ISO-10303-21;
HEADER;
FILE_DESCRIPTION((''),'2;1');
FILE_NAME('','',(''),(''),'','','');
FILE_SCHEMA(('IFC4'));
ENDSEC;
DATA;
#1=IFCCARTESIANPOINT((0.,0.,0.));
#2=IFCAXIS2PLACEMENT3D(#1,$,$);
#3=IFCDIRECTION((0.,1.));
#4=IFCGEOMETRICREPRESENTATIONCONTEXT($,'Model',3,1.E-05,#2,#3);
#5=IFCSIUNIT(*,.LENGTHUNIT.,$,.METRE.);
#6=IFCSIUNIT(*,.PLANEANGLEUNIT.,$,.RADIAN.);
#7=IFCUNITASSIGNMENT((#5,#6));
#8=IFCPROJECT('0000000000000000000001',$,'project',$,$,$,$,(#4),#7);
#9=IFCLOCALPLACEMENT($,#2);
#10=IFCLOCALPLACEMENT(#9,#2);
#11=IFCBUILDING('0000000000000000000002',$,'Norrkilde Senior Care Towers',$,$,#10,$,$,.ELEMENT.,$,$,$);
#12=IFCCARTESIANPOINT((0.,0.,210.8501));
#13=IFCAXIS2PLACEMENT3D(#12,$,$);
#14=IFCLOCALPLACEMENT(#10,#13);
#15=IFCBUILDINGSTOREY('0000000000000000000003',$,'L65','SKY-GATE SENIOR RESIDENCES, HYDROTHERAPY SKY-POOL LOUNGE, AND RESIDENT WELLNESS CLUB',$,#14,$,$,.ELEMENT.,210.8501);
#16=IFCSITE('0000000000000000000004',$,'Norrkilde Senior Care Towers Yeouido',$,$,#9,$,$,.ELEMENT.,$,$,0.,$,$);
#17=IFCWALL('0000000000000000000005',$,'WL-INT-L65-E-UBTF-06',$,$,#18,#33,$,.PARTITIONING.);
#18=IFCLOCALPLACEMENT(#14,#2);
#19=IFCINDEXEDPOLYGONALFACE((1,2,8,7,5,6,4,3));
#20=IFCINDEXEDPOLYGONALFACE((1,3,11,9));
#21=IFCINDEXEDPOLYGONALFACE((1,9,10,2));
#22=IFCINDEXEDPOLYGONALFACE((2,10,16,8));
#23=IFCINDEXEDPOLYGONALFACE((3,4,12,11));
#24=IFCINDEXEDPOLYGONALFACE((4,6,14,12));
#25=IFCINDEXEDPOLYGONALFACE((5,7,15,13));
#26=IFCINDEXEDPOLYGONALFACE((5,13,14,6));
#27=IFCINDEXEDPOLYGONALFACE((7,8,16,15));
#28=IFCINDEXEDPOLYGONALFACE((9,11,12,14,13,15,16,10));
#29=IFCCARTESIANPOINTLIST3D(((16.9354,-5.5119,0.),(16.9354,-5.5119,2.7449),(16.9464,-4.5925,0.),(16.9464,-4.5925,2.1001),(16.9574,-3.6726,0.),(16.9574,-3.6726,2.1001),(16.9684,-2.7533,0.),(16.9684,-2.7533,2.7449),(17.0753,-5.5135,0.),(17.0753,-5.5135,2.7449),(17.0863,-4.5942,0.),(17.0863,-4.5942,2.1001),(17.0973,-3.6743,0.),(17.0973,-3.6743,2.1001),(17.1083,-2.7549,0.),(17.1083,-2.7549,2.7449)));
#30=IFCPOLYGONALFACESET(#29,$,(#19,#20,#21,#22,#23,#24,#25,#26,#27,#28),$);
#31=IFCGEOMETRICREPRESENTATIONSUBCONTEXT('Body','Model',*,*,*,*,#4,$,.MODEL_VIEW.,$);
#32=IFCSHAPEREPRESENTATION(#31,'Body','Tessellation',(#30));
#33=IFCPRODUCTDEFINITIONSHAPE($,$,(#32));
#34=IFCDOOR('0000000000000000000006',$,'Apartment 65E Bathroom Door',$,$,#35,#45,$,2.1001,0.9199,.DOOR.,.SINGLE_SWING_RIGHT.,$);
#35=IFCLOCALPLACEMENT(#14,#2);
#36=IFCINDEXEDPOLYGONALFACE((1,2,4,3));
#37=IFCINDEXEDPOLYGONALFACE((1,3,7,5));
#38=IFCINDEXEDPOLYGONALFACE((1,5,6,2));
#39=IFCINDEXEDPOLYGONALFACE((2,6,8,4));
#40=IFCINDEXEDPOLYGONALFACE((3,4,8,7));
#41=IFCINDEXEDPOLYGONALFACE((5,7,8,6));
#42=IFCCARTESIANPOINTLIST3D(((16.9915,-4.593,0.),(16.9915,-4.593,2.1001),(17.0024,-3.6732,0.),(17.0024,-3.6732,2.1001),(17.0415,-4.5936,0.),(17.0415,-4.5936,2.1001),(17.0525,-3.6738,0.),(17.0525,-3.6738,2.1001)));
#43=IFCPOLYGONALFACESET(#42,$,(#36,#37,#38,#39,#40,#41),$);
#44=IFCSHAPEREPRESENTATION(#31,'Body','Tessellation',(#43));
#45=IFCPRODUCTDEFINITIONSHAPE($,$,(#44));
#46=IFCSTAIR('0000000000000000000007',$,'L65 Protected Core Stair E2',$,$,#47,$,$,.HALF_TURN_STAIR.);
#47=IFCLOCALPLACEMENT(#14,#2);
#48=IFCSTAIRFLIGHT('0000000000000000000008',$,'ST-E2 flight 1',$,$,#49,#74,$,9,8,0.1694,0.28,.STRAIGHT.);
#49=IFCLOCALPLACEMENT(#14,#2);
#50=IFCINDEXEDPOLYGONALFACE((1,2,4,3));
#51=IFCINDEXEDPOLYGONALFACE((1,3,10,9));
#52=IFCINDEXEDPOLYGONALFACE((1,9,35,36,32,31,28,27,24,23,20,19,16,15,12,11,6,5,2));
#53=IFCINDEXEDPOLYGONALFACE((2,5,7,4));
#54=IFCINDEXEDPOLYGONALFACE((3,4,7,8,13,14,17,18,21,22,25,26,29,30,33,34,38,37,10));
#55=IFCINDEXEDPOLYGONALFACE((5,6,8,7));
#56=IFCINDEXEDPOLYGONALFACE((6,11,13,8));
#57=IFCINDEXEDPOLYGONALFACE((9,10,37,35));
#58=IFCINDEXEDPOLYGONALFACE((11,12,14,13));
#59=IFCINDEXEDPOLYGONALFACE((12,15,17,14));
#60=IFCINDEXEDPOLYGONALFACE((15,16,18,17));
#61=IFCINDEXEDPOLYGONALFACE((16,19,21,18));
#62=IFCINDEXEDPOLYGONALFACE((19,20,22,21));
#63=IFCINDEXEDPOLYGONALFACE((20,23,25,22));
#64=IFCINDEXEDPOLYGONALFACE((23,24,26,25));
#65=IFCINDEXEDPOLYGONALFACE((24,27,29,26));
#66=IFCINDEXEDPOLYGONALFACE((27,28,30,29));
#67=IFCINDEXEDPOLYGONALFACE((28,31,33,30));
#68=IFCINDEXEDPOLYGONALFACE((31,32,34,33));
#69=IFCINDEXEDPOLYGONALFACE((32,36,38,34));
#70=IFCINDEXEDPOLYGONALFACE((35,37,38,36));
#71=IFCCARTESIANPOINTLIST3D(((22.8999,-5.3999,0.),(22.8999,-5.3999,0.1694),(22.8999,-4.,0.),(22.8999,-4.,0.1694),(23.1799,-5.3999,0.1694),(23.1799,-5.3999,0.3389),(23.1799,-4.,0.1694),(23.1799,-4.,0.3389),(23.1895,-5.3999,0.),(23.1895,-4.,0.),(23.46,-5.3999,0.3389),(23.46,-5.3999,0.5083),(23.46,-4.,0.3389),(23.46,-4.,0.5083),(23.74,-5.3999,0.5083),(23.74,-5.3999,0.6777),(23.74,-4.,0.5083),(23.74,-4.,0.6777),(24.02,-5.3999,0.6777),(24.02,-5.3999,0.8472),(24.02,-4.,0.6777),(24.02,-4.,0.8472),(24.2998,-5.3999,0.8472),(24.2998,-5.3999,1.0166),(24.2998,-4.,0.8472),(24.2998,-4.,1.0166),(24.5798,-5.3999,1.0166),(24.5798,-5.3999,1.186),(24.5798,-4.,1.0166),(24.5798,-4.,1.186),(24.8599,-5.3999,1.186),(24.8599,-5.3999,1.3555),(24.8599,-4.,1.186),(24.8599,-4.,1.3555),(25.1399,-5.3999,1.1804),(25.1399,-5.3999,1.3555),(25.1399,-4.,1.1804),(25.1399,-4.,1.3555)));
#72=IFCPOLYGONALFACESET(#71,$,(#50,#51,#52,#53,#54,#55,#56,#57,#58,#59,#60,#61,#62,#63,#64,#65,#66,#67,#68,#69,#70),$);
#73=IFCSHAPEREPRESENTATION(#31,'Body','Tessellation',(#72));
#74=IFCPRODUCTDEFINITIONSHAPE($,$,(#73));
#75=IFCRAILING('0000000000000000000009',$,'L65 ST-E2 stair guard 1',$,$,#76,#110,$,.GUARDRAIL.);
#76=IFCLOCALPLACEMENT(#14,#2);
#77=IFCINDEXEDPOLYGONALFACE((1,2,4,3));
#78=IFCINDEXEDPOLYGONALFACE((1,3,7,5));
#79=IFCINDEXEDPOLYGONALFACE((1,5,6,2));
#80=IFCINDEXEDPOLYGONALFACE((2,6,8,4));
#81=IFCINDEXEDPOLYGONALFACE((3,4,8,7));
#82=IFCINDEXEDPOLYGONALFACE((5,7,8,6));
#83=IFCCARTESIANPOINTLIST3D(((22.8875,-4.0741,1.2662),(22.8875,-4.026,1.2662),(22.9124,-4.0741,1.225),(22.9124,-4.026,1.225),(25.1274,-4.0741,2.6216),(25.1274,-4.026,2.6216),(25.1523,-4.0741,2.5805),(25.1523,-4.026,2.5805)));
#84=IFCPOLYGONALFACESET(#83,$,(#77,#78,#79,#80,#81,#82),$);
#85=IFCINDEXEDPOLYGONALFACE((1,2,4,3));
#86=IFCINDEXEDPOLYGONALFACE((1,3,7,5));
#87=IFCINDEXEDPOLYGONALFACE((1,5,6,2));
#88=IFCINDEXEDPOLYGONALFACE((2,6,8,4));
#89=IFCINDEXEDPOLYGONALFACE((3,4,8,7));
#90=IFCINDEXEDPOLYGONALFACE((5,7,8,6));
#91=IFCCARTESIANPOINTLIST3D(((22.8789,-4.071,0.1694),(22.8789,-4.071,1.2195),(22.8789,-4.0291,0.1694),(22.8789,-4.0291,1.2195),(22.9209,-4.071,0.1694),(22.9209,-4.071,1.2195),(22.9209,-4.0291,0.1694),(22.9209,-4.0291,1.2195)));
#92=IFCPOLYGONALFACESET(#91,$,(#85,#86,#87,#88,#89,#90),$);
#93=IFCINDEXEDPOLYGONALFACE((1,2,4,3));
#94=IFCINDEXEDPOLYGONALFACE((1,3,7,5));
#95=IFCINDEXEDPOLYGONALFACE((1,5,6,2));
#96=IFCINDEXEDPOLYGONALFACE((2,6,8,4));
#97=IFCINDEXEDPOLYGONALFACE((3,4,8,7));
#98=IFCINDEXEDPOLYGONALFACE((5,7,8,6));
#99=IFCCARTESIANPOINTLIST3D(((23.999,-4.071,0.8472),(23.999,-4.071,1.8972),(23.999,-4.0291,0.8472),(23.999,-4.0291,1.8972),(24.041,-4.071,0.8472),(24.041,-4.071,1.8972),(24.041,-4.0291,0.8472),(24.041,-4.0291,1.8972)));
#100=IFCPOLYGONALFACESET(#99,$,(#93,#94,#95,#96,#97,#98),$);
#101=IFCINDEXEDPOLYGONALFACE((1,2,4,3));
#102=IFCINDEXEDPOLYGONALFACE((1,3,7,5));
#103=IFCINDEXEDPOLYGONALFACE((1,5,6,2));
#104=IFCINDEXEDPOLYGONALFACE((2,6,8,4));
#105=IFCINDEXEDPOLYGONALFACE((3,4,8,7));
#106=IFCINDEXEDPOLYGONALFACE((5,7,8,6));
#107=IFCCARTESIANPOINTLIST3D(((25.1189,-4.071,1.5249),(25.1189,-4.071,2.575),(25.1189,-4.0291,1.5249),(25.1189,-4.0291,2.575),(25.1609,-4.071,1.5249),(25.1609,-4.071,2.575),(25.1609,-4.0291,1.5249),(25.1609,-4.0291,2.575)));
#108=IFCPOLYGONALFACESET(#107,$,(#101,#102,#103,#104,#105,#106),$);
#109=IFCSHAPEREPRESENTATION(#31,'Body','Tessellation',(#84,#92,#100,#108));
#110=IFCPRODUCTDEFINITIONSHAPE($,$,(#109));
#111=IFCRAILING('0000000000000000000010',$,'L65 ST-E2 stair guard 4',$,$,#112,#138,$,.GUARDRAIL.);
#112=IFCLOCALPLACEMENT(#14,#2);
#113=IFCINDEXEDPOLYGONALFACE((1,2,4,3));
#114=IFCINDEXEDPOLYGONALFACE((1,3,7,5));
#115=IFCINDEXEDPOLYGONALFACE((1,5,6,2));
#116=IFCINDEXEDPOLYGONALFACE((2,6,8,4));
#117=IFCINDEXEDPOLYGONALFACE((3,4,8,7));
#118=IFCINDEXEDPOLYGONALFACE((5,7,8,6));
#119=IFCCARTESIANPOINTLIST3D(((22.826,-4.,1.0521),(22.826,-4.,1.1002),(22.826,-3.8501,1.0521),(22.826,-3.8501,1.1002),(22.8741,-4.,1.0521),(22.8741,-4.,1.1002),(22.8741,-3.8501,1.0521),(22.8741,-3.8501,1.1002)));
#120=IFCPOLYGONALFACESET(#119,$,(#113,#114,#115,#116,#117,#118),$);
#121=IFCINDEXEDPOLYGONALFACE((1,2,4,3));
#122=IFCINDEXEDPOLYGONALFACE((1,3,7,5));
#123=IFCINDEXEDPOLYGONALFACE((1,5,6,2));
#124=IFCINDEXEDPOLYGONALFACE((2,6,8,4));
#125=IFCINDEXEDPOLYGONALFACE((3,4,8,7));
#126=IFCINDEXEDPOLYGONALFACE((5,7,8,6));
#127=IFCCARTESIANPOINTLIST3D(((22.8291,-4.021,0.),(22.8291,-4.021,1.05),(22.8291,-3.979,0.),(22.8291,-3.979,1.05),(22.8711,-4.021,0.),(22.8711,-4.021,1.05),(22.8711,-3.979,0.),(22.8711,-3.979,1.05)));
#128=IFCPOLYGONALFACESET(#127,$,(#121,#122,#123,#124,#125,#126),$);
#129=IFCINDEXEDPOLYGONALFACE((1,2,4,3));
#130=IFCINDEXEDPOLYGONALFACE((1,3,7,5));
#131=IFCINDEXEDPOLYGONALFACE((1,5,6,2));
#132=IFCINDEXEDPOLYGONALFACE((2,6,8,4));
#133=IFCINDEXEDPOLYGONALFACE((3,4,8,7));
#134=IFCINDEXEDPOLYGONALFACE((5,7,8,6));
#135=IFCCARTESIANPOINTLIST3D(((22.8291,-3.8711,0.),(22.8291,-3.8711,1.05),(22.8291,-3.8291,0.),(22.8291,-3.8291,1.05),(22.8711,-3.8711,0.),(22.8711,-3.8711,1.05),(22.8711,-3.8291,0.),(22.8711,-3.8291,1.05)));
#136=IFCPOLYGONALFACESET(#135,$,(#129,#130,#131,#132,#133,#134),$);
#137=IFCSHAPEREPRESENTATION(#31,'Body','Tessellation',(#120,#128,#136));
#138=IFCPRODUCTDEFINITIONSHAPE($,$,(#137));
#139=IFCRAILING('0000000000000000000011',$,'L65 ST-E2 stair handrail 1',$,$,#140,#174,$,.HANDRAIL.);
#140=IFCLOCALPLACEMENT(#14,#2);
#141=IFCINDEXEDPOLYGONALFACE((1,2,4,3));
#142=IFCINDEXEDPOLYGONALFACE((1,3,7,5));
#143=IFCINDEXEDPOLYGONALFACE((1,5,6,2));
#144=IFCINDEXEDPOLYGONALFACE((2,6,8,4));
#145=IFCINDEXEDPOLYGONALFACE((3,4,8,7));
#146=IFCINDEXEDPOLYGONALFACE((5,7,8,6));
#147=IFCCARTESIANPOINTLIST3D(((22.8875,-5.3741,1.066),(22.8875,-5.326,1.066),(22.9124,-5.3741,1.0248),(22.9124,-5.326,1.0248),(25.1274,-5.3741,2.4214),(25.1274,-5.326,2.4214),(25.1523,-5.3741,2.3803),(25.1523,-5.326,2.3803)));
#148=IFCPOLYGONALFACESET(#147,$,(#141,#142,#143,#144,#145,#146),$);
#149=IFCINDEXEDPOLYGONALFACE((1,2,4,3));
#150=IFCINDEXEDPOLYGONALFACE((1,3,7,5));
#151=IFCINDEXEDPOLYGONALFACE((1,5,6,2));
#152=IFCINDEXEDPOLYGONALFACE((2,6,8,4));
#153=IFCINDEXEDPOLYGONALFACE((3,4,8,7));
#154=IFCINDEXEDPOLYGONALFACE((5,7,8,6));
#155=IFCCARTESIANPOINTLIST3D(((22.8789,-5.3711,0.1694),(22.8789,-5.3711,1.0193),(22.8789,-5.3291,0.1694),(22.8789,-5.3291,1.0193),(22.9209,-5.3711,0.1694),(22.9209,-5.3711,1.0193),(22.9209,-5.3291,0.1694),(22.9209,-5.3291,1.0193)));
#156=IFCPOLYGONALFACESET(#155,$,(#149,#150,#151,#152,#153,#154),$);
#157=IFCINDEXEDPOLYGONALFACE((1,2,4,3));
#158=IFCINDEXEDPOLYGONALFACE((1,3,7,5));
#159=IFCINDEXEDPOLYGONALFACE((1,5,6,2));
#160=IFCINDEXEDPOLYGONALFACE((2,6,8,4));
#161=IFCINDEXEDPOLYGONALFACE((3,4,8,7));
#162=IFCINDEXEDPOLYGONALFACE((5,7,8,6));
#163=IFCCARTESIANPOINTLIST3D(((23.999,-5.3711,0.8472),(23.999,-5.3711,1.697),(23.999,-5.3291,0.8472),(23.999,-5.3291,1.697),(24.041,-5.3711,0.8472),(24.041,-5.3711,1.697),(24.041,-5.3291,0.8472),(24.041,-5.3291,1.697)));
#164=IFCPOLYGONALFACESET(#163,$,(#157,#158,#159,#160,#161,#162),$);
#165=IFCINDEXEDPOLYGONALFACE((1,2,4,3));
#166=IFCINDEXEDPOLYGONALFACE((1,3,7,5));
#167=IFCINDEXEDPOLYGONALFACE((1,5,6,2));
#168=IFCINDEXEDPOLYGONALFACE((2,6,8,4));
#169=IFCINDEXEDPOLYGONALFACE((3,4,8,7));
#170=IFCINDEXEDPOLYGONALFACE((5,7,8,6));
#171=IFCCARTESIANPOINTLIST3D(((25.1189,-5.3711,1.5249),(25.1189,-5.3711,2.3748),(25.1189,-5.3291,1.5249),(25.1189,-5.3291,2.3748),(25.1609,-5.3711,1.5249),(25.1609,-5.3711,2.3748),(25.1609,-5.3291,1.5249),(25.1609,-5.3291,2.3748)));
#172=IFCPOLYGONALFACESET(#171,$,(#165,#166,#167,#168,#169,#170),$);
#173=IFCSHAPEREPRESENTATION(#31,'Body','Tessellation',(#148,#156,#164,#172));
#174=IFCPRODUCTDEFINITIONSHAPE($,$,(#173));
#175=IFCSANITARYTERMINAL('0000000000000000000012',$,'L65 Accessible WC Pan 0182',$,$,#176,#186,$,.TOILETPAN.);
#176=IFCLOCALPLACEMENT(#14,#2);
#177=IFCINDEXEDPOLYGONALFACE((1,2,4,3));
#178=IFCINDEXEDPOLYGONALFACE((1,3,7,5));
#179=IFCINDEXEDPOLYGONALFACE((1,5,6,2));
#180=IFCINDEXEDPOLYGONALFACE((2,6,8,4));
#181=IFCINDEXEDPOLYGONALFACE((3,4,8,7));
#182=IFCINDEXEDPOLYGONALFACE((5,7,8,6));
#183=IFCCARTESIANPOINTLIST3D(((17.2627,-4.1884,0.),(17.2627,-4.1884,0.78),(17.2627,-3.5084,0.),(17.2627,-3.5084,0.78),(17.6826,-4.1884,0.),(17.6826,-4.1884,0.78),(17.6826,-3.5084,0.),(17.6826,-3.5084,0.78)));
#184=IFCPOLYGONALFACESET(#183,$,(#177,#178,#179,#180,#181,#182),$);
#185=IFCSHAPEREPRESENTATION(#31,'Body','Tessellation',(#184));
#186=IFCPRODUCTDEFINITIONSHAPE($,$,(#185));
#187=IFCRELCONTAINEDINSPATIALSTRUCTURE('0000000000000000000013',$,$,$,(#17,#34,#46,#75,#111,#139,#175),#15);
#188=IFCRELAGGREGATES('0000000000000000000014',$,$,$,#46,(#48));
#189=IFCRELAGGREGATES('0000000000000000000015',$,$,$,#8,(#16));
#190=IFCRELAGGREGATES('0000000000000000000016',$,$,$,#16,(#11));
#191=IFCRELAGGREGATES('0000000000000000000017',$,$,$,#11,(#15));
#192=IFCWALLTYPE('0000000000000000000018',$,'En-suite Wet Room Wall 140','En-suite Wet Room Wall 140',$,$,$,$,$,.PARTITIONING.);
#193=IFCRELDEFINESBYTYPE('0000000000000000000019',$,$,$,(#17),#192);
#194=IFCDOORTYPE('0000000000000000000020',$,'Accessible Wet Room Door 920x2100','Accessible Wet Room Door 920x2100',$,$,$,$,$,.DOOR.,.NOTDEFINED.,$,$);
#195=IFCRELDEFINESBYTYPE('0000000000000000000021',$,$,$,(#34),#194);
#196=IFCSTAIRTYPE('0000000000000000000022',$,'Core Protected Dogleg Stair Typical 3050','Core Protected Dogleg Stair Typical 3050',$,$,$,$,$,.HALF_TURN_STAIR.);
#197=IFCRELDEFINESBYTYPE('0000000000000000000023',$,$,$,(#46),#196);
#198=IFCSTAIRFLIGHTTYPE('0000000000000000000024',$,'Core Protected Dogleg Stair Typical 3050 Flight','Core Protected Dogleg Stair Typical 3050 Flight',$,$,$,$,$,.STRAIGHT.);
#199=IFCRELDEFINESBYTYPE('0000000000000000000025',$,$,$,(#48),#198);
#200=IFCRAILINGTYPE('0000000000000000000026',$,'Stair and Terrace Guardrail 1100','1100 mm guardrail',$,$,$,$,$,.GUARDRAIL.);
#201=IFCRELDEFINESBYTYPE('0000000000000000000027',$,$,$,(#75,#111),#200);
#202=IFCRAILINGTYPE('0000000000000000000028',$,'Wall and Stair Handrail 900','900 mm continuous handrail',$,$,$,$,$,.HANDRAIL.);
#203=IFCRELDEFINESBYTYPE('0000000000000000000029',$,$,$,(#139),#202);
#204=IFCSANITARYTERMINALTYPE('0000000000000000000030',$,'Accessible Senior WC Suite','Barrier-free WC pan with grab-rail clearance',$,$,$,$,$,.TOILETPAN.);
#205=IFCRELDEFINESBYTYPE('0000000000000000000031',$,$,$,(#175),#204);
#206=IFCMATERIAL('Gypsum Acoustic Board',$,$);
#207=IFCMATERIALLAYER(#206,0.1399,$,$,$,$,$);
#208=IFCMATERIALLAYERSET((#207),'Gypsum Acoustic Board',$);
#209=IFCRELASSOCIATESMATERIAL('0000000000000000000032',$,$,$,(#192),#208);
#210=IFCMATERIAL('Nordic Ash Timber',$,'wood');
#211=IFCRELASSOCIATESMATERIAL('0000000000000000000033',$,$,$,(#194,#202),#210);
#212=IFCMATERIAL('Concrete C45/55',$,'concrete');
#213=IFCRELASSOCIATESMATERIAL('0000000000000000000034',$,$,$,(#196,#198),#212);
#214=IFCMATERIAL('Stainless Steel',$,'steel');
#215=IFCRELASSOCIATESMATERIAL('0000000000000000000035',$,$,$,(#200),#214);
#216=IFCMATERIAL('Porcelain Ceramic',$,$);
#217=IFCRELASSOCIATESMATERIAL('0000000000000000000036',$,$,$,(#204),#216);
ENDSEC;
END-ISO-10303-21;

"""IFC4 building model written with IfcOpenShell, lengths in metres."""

from ifc_helpers import new_model, si_unit, direction, frame, frame_2d, origin, origin_2d, place, context, subcontext, project, spatial, polyline, rectangle, outline, extrude, source, transform, mapped, material, layer, layer_set, type_object, type_shapes, element, fill, aggregate, save


model = new_model("IFC4")

# Units and contexts
model_context = context("Model", 3, precision=1e-05, world=origin(), true_north=direction((0.0, 1.0)))
body_context = subcontext(model_context, "Body", "Model", "MODEL_VIEW")
ifc_project = project(units=[si_unit("LENGTHUNIT", "METRE"), si_unit("PLANEANGLEUNIT", "RADIAN")], contexts=[model_context])

# Site, building, storey
site_placement = place(None, origin())
site = spatial("IfcSite", under=ifc_project, at=site_placement, Name="Norrkilde Senior Care Towers Yeouido", CompositionType="ELEMENT", RefElevation=0.0)
building_placement = place(site_placement, origin())
building = spatial("IfcBuilding", under=site, at=building_placement, Name="Norrkilde Senior Care Towers", CompositionType="ELEMENT")
storey_placement = place(building_placement, frame((0.0, 0.0, 210.8501)))
storey = spatial("IfcBuildingStorey", under=building, at=storey_placement, Name="L65", Description="SKY-GATE SENIOR RESIDENCES, HYDROTHERAPY SKY-POOL LOUNGE, AND RESIDENT WELLNESS CLUB", CompositionType="ELEMENT", Elevation=210.8501)

# Shared definitions
ifc_material_1 = material(Name="Concrete C45/55", Category="concrete")

# Shared definitions
ifc_material_2 = material(Name="Gypsum Acoustic Board")
ifc_layer_1 = layer(ifc_material_2, 0.1399)
ifc_layer_set_1 = layer_set([ifc_layer_1], Name="Gypsum Acoustic Board")
wall_type_1 = type_object("IfcWallType", Name="En-suite Wet Room Wall 140", Description="En-suite Wet Room Wall 140", PredefinedType="PARTITIONING", material=ifc_layer_set_1)

# Wall, opening, door
shared_shape_1 = source(origin(), body_context, "Body", "SweptSolid", [
    extrude(rectangle(XDim=2.7588, YDim=0.1399, at=frame_2d((1.3794, 0.0))), origin(), (0.0, 0.0, 1.0), 2.7449),
])
wall_1_placement = place(storey_placement, frame((17.0054, -5.5127, 0.0), z_axis=(0.0, 0.0, 1.0), x_axis=(0.011947, 0.999929, 0.0)))
wall_1 = element("IfcWall", 1, at=wall_1_placement, inside=storey, type_object=wall_type_1, Name="WL-INT-L65-E-UBTF-06", PredefinedType="PARTITIONING", context=body_context, shape_type="MappedRepresentation", body=[
    mapped(shared_shape_1, transform((0.0, 0.0, 0.0), x_axis=(1.0, 0.0, 0.0), y_axis=(0.0, 1.0, 0.0), z_axis=(0.0, 0.0, 1.0), scale=1.0)),
])
opening_1_placement = place(wall_1_placement, frame((0.9194, 0.0, 0.0)))
opening_1 = element("IfcOpeningElement", 2, at=opening_1_placement, cuts=wall_1, PredefinedType="OPENING", context=body_context, shape_type="SweptSolid", body=[
    extrude(rectangle(XDim=0.9199, YDim=2.1001, at=frame_2d((0.46, 1.05))), frame((0.0, 0.0798, 0.0), z_axis=(0.0, -1.0, 0.0), x_axis=(1.0, 0.0, 0.0)), (0.0, 0.0, 1.0), 0.1599),
])
ifc_material_3 = material(Name="Nordic Ash Timber", Category="wood")
door_type_1 = type_object("IfcDoorType", Name="Accessible Wet Room Door 920x2100", Description="Accessible Wet Room Door 920x2100", OperationType="NOTDEFINED", PredefinedType="DOOR", material=ifc_material_3)
shared_shape_2 = source(origin(), body_context, "Body", "SweptSolid", [
    extrude(rectangle(XDim=0.9199, YDim=2.1001, at=frame_2d((0.46, 1.05))), frame((0.0, 0.0249, 0.0), z_axis=(0.0, -1.0, 0.0), x_axis=(1.0, 0.0, 0.0)), (0.0, 0.0, 1.0), 0.05),
])
type_shapes(door_type_1, [shared_shape_2])
door_1_placement = place(opening_1_placement, origin())
door_1 = element("IfcDoor", 3, at=door_1_placement, inside=storey, type_object=door_type_1, Name="Apartment 65E Bathroom Door", OperationType="SINGLE_SWING_RIGHT", OverallHeight=2.1001, OverallWidth=0.9199, PredefinedType="DOOR", context=body_context, shape_type="MappedRepresentation", body=[
    mapped(shared_shape_2, transform((0.0, 0.0, 0.0), x_axis=(1.0, 0.0, 0.0), y_axis=(0.0, 1.0, 0.0), z_axis=(0.0, 0.0, 1.0), scale=1.0)),
])
fill(opening_1, door_1)

# Stair, stair flight
stair_type = type_object("IfcStairType", Name="Core Protected Dogleg Stair Typical 3050", Description="Core Protected Dogleg Stair Typical 3050", PredefinedType="HALF_TURN_STAIR", material=ifc_material_1)
stair_placement = place(storey_placement, origin())
stair = element("IfcStair", 4, at=stair_placement, inside=storey, type_object=stair_type, Name="L65 Protected Core Stair E2", PredefinedType="HALF_TURN_STAIR")
stair_flight_type = type_object("IfcStairFlightType", Name="Core Protected Dogleg Stair Typical 3050 Flight", Description="Core Protected Dogleg Stair Typical 3050 Flight", PredefinedType="STRAIGHT", material=ifc_material_1)
stair_flight_placement = place(storey_placement, frame((22.8999, -4.7, 0.0), z_axis=(0.0, 0.0, 1.0), x_axis=(1.0, 0.0, 0.0)))
stair_flight = element("IfcStairFlight", 5, at=stair_flight_placement, type_object=stair_flight_type, Name="ST-E2 flight 1", NumberOfRisers=9, NumberOfTreads=8, PredefinedType="STRAIGHT", RiserHeight=0.1694, TreadLength=0.28, context=body_context, shape_type="SweptSolid", body=[
    extrude(outline(polyline([(0.0, 0.0), (0.0, 0.1694), (0.28, 0.1694), (0.28, 0.3389), (0.5601, 0.3389), (0.5601, 0.5083), (0.8401, 0.5083), (0.8401, 0.6777), (1.1201, 0.6777), (1.1201, 0.8472), (1.3999, 0.8472), (1.3999, 1.0166), (1.6799, 1.0166), (1.6799, 1.186), (1.96, 1.186), (1.96, 1.3555), (2.24, 1.3555), (2.24, 1.5249), (2.24, 1.1804), (0.2896, 0.0), (0.0, 0.0)])), frame((0.0, 0.7, 0.0), z_axis=(0.0, -1.0, 0.0), x_axis=(1.0, 0.0, 0.0)), (0.0, 0.0, 1.0), 1.3999),
])
aggregate(stair, [stair_flight])

# Railings
ifc_material_4 = material(Name="Stainless Steel", Category="steel")
railing_type_1 = type_object("IfcRailingType", Name="Stair and Terrace Guardrail 1100", Description="1100 mm guardrail", PredefinedType="GUARDRAIL", material=ifc_material_4)
railing_1_placement = place(storey_placement, frame((22.8999, -4.05, 0.1694)))
element("IfcRailing", 6, at=railing_1_placement, inside=storey, type_object=railing_type_1, Name="L65 ST-E2 stair guard 1", PredefinedType="GUARDRAIL", context=body_context, shape_type="SweptSolid", body=[
    extrude(rectangle(XDim=0.0481, YDim=0.0481, at=origin_2d()), frame((0.0, 0.0, 1.0762), z_axis=(0.855553, 0.0, 0.517715), x_axis=(0.0, 1.0, 0.0)), (0.0, 0.0, 1.0), 2.6182),
    extrude(rectangle(XDim=0.042, YDim=0.042, at=origin_2d()), origin(), (0.0, 0.0, 1.0), 1.05),
    extrude(rectangle(XDim=0.042, YDim=0.042, at=origin_2d()), frame((1.1201, 0.0, 0.6777)), (0.0, 0.0, 1.0), 1.05),
    extrude(rectangle(XDim=0.042, YDim=0.042, at=origin_2d()), frame((2.24, 0.0, 1.3555)), (0.0, 0.0, 1.0), 1.05),
])
railing_2_placement = place(storey_placement, frame((22.8501, -4.0, 0.0)))
element("IfcRailing", 7, at=railing_2_placement, inside=storey, type_object=railing_type_1, Name="L65 ST-E2 stair guard 4", PredefinedType="GUARDRAIL", context=body_context, shape_type="SweptSolid", body=[
    extrude(rectangle(XDim=0.0481, YDim=0.0481, at=origin_2d()), frame((0.0, 0.0, 1.0762), z_axis=(0.0, 1.0, 0.0), x_axis=(-1.0, 0.0, 0.0)), (0.0, 0.0, 1.0), 0.1499),
    extrude(rectangle(XDim=0.042, YDim=0.042, at=origin_2d()), origin(), (0.0, 0.0, 1.0), 1.05),
    extrude(rectangle(XDim=0.042, YDim=0.042, at=origin_2d()), frame((0.0, 0.1499, 0.0)), (0.0, 0.0, 1.0), 1.05),
])
railing_type_2 = type_object("IfcRailingType", Name="Wall and Stair Handrail 900", Description="900 mm continuous handrail", PredefinedType="HANDRAIL", material=ifc_material_3)
railing_3_placement = place(storey_placement, frame((22.8999, -5.3501, 0.1694)))
element("IfcRailing", 8, at=railing_3_placement, inside=storey, type_object=railing_type_2, Name="L65 ST-E2 stair handrail 1", PredefinedType="HANDRAIL", context=body_context, shape_type="SweptSolid", body=[
    extrude(rectangle(XDim=0.0481, YDim=0.0481, at=origin_2d()), frame((0.0, 0.0, 0.876), z_axis=(0.855553, 0.0, 0.517715), x_axis=(0.0, 1.0, 0.0)), (0.0, 0.0, 1.0), 2.6182),
    extrude(rectangle(XDim=0.042, YDim=0.042, at=origin_2d()), origin(), (0.0, 0.0, 1.0), 0.8499),
    extrude(rectangle(XDim=0.042, YDim=0.042, at=origin_2d()), frame((1.1201, 0.0, 0.6777)), (0.0, 0.0, 1.0), 0.8499),
    extrude(rectangle(XDim=0.042, YDim=0.042, at=origin_2d()), frame((2.24, 0.0, 1.3555)), (0.0, 0.0, 1.0), 0.8499),
])

# Sanitary terminal
ifc_material_5 = material(Name="Porcelain Ceramic")
sanitary_terminal_type_1 = type_object("IfcSanitaryTerminalType", Name="Accessible Senior WC Suite", Description="Barrier-free WC pan with grab-rail clearance", PredefinedType="TOILETPAN", material=ifc_material_5)
shared_shape_3 = source(origin(), body_context, "Body", "SweptSolid", [
    extrude(rectangle(XDim=0.4199, YDim=0.6799, at=origin_2d()), origin(), (0.0, 0.0, 1.0), 0.78),
])
type_shapes(sanitary_terminal_type_1, [shared_shape_3])
sanitary_terminal_1_placement = place(storey_placement, frame((17.4727, -3.8484, 0.0), z_axis=(0.0, 0.0, 1.0), x_axis=(1.0, 0.0, 0.0)))
element("IfcSanitaryTerminal", 9, at=sanitary_terminal_1_placement, inside=storey, type_object=sanitary_terminal_type_1, Name="L65 Accessible WC Pan 0182", PredefinedType="TOILETPAN", context=body_context, shape_type="MappedRepresentation", body=[
    mapped(shared_shape_3, transform((0.0, 0.0, 0.0), x_axis=(1.0, 0.0, 0.0), y_axis=(0.0, 1.0, 0.0), z_axis=(0.0, 0.0, 1.0), scale=1.0)),
])

save(model, "model.ifc")
